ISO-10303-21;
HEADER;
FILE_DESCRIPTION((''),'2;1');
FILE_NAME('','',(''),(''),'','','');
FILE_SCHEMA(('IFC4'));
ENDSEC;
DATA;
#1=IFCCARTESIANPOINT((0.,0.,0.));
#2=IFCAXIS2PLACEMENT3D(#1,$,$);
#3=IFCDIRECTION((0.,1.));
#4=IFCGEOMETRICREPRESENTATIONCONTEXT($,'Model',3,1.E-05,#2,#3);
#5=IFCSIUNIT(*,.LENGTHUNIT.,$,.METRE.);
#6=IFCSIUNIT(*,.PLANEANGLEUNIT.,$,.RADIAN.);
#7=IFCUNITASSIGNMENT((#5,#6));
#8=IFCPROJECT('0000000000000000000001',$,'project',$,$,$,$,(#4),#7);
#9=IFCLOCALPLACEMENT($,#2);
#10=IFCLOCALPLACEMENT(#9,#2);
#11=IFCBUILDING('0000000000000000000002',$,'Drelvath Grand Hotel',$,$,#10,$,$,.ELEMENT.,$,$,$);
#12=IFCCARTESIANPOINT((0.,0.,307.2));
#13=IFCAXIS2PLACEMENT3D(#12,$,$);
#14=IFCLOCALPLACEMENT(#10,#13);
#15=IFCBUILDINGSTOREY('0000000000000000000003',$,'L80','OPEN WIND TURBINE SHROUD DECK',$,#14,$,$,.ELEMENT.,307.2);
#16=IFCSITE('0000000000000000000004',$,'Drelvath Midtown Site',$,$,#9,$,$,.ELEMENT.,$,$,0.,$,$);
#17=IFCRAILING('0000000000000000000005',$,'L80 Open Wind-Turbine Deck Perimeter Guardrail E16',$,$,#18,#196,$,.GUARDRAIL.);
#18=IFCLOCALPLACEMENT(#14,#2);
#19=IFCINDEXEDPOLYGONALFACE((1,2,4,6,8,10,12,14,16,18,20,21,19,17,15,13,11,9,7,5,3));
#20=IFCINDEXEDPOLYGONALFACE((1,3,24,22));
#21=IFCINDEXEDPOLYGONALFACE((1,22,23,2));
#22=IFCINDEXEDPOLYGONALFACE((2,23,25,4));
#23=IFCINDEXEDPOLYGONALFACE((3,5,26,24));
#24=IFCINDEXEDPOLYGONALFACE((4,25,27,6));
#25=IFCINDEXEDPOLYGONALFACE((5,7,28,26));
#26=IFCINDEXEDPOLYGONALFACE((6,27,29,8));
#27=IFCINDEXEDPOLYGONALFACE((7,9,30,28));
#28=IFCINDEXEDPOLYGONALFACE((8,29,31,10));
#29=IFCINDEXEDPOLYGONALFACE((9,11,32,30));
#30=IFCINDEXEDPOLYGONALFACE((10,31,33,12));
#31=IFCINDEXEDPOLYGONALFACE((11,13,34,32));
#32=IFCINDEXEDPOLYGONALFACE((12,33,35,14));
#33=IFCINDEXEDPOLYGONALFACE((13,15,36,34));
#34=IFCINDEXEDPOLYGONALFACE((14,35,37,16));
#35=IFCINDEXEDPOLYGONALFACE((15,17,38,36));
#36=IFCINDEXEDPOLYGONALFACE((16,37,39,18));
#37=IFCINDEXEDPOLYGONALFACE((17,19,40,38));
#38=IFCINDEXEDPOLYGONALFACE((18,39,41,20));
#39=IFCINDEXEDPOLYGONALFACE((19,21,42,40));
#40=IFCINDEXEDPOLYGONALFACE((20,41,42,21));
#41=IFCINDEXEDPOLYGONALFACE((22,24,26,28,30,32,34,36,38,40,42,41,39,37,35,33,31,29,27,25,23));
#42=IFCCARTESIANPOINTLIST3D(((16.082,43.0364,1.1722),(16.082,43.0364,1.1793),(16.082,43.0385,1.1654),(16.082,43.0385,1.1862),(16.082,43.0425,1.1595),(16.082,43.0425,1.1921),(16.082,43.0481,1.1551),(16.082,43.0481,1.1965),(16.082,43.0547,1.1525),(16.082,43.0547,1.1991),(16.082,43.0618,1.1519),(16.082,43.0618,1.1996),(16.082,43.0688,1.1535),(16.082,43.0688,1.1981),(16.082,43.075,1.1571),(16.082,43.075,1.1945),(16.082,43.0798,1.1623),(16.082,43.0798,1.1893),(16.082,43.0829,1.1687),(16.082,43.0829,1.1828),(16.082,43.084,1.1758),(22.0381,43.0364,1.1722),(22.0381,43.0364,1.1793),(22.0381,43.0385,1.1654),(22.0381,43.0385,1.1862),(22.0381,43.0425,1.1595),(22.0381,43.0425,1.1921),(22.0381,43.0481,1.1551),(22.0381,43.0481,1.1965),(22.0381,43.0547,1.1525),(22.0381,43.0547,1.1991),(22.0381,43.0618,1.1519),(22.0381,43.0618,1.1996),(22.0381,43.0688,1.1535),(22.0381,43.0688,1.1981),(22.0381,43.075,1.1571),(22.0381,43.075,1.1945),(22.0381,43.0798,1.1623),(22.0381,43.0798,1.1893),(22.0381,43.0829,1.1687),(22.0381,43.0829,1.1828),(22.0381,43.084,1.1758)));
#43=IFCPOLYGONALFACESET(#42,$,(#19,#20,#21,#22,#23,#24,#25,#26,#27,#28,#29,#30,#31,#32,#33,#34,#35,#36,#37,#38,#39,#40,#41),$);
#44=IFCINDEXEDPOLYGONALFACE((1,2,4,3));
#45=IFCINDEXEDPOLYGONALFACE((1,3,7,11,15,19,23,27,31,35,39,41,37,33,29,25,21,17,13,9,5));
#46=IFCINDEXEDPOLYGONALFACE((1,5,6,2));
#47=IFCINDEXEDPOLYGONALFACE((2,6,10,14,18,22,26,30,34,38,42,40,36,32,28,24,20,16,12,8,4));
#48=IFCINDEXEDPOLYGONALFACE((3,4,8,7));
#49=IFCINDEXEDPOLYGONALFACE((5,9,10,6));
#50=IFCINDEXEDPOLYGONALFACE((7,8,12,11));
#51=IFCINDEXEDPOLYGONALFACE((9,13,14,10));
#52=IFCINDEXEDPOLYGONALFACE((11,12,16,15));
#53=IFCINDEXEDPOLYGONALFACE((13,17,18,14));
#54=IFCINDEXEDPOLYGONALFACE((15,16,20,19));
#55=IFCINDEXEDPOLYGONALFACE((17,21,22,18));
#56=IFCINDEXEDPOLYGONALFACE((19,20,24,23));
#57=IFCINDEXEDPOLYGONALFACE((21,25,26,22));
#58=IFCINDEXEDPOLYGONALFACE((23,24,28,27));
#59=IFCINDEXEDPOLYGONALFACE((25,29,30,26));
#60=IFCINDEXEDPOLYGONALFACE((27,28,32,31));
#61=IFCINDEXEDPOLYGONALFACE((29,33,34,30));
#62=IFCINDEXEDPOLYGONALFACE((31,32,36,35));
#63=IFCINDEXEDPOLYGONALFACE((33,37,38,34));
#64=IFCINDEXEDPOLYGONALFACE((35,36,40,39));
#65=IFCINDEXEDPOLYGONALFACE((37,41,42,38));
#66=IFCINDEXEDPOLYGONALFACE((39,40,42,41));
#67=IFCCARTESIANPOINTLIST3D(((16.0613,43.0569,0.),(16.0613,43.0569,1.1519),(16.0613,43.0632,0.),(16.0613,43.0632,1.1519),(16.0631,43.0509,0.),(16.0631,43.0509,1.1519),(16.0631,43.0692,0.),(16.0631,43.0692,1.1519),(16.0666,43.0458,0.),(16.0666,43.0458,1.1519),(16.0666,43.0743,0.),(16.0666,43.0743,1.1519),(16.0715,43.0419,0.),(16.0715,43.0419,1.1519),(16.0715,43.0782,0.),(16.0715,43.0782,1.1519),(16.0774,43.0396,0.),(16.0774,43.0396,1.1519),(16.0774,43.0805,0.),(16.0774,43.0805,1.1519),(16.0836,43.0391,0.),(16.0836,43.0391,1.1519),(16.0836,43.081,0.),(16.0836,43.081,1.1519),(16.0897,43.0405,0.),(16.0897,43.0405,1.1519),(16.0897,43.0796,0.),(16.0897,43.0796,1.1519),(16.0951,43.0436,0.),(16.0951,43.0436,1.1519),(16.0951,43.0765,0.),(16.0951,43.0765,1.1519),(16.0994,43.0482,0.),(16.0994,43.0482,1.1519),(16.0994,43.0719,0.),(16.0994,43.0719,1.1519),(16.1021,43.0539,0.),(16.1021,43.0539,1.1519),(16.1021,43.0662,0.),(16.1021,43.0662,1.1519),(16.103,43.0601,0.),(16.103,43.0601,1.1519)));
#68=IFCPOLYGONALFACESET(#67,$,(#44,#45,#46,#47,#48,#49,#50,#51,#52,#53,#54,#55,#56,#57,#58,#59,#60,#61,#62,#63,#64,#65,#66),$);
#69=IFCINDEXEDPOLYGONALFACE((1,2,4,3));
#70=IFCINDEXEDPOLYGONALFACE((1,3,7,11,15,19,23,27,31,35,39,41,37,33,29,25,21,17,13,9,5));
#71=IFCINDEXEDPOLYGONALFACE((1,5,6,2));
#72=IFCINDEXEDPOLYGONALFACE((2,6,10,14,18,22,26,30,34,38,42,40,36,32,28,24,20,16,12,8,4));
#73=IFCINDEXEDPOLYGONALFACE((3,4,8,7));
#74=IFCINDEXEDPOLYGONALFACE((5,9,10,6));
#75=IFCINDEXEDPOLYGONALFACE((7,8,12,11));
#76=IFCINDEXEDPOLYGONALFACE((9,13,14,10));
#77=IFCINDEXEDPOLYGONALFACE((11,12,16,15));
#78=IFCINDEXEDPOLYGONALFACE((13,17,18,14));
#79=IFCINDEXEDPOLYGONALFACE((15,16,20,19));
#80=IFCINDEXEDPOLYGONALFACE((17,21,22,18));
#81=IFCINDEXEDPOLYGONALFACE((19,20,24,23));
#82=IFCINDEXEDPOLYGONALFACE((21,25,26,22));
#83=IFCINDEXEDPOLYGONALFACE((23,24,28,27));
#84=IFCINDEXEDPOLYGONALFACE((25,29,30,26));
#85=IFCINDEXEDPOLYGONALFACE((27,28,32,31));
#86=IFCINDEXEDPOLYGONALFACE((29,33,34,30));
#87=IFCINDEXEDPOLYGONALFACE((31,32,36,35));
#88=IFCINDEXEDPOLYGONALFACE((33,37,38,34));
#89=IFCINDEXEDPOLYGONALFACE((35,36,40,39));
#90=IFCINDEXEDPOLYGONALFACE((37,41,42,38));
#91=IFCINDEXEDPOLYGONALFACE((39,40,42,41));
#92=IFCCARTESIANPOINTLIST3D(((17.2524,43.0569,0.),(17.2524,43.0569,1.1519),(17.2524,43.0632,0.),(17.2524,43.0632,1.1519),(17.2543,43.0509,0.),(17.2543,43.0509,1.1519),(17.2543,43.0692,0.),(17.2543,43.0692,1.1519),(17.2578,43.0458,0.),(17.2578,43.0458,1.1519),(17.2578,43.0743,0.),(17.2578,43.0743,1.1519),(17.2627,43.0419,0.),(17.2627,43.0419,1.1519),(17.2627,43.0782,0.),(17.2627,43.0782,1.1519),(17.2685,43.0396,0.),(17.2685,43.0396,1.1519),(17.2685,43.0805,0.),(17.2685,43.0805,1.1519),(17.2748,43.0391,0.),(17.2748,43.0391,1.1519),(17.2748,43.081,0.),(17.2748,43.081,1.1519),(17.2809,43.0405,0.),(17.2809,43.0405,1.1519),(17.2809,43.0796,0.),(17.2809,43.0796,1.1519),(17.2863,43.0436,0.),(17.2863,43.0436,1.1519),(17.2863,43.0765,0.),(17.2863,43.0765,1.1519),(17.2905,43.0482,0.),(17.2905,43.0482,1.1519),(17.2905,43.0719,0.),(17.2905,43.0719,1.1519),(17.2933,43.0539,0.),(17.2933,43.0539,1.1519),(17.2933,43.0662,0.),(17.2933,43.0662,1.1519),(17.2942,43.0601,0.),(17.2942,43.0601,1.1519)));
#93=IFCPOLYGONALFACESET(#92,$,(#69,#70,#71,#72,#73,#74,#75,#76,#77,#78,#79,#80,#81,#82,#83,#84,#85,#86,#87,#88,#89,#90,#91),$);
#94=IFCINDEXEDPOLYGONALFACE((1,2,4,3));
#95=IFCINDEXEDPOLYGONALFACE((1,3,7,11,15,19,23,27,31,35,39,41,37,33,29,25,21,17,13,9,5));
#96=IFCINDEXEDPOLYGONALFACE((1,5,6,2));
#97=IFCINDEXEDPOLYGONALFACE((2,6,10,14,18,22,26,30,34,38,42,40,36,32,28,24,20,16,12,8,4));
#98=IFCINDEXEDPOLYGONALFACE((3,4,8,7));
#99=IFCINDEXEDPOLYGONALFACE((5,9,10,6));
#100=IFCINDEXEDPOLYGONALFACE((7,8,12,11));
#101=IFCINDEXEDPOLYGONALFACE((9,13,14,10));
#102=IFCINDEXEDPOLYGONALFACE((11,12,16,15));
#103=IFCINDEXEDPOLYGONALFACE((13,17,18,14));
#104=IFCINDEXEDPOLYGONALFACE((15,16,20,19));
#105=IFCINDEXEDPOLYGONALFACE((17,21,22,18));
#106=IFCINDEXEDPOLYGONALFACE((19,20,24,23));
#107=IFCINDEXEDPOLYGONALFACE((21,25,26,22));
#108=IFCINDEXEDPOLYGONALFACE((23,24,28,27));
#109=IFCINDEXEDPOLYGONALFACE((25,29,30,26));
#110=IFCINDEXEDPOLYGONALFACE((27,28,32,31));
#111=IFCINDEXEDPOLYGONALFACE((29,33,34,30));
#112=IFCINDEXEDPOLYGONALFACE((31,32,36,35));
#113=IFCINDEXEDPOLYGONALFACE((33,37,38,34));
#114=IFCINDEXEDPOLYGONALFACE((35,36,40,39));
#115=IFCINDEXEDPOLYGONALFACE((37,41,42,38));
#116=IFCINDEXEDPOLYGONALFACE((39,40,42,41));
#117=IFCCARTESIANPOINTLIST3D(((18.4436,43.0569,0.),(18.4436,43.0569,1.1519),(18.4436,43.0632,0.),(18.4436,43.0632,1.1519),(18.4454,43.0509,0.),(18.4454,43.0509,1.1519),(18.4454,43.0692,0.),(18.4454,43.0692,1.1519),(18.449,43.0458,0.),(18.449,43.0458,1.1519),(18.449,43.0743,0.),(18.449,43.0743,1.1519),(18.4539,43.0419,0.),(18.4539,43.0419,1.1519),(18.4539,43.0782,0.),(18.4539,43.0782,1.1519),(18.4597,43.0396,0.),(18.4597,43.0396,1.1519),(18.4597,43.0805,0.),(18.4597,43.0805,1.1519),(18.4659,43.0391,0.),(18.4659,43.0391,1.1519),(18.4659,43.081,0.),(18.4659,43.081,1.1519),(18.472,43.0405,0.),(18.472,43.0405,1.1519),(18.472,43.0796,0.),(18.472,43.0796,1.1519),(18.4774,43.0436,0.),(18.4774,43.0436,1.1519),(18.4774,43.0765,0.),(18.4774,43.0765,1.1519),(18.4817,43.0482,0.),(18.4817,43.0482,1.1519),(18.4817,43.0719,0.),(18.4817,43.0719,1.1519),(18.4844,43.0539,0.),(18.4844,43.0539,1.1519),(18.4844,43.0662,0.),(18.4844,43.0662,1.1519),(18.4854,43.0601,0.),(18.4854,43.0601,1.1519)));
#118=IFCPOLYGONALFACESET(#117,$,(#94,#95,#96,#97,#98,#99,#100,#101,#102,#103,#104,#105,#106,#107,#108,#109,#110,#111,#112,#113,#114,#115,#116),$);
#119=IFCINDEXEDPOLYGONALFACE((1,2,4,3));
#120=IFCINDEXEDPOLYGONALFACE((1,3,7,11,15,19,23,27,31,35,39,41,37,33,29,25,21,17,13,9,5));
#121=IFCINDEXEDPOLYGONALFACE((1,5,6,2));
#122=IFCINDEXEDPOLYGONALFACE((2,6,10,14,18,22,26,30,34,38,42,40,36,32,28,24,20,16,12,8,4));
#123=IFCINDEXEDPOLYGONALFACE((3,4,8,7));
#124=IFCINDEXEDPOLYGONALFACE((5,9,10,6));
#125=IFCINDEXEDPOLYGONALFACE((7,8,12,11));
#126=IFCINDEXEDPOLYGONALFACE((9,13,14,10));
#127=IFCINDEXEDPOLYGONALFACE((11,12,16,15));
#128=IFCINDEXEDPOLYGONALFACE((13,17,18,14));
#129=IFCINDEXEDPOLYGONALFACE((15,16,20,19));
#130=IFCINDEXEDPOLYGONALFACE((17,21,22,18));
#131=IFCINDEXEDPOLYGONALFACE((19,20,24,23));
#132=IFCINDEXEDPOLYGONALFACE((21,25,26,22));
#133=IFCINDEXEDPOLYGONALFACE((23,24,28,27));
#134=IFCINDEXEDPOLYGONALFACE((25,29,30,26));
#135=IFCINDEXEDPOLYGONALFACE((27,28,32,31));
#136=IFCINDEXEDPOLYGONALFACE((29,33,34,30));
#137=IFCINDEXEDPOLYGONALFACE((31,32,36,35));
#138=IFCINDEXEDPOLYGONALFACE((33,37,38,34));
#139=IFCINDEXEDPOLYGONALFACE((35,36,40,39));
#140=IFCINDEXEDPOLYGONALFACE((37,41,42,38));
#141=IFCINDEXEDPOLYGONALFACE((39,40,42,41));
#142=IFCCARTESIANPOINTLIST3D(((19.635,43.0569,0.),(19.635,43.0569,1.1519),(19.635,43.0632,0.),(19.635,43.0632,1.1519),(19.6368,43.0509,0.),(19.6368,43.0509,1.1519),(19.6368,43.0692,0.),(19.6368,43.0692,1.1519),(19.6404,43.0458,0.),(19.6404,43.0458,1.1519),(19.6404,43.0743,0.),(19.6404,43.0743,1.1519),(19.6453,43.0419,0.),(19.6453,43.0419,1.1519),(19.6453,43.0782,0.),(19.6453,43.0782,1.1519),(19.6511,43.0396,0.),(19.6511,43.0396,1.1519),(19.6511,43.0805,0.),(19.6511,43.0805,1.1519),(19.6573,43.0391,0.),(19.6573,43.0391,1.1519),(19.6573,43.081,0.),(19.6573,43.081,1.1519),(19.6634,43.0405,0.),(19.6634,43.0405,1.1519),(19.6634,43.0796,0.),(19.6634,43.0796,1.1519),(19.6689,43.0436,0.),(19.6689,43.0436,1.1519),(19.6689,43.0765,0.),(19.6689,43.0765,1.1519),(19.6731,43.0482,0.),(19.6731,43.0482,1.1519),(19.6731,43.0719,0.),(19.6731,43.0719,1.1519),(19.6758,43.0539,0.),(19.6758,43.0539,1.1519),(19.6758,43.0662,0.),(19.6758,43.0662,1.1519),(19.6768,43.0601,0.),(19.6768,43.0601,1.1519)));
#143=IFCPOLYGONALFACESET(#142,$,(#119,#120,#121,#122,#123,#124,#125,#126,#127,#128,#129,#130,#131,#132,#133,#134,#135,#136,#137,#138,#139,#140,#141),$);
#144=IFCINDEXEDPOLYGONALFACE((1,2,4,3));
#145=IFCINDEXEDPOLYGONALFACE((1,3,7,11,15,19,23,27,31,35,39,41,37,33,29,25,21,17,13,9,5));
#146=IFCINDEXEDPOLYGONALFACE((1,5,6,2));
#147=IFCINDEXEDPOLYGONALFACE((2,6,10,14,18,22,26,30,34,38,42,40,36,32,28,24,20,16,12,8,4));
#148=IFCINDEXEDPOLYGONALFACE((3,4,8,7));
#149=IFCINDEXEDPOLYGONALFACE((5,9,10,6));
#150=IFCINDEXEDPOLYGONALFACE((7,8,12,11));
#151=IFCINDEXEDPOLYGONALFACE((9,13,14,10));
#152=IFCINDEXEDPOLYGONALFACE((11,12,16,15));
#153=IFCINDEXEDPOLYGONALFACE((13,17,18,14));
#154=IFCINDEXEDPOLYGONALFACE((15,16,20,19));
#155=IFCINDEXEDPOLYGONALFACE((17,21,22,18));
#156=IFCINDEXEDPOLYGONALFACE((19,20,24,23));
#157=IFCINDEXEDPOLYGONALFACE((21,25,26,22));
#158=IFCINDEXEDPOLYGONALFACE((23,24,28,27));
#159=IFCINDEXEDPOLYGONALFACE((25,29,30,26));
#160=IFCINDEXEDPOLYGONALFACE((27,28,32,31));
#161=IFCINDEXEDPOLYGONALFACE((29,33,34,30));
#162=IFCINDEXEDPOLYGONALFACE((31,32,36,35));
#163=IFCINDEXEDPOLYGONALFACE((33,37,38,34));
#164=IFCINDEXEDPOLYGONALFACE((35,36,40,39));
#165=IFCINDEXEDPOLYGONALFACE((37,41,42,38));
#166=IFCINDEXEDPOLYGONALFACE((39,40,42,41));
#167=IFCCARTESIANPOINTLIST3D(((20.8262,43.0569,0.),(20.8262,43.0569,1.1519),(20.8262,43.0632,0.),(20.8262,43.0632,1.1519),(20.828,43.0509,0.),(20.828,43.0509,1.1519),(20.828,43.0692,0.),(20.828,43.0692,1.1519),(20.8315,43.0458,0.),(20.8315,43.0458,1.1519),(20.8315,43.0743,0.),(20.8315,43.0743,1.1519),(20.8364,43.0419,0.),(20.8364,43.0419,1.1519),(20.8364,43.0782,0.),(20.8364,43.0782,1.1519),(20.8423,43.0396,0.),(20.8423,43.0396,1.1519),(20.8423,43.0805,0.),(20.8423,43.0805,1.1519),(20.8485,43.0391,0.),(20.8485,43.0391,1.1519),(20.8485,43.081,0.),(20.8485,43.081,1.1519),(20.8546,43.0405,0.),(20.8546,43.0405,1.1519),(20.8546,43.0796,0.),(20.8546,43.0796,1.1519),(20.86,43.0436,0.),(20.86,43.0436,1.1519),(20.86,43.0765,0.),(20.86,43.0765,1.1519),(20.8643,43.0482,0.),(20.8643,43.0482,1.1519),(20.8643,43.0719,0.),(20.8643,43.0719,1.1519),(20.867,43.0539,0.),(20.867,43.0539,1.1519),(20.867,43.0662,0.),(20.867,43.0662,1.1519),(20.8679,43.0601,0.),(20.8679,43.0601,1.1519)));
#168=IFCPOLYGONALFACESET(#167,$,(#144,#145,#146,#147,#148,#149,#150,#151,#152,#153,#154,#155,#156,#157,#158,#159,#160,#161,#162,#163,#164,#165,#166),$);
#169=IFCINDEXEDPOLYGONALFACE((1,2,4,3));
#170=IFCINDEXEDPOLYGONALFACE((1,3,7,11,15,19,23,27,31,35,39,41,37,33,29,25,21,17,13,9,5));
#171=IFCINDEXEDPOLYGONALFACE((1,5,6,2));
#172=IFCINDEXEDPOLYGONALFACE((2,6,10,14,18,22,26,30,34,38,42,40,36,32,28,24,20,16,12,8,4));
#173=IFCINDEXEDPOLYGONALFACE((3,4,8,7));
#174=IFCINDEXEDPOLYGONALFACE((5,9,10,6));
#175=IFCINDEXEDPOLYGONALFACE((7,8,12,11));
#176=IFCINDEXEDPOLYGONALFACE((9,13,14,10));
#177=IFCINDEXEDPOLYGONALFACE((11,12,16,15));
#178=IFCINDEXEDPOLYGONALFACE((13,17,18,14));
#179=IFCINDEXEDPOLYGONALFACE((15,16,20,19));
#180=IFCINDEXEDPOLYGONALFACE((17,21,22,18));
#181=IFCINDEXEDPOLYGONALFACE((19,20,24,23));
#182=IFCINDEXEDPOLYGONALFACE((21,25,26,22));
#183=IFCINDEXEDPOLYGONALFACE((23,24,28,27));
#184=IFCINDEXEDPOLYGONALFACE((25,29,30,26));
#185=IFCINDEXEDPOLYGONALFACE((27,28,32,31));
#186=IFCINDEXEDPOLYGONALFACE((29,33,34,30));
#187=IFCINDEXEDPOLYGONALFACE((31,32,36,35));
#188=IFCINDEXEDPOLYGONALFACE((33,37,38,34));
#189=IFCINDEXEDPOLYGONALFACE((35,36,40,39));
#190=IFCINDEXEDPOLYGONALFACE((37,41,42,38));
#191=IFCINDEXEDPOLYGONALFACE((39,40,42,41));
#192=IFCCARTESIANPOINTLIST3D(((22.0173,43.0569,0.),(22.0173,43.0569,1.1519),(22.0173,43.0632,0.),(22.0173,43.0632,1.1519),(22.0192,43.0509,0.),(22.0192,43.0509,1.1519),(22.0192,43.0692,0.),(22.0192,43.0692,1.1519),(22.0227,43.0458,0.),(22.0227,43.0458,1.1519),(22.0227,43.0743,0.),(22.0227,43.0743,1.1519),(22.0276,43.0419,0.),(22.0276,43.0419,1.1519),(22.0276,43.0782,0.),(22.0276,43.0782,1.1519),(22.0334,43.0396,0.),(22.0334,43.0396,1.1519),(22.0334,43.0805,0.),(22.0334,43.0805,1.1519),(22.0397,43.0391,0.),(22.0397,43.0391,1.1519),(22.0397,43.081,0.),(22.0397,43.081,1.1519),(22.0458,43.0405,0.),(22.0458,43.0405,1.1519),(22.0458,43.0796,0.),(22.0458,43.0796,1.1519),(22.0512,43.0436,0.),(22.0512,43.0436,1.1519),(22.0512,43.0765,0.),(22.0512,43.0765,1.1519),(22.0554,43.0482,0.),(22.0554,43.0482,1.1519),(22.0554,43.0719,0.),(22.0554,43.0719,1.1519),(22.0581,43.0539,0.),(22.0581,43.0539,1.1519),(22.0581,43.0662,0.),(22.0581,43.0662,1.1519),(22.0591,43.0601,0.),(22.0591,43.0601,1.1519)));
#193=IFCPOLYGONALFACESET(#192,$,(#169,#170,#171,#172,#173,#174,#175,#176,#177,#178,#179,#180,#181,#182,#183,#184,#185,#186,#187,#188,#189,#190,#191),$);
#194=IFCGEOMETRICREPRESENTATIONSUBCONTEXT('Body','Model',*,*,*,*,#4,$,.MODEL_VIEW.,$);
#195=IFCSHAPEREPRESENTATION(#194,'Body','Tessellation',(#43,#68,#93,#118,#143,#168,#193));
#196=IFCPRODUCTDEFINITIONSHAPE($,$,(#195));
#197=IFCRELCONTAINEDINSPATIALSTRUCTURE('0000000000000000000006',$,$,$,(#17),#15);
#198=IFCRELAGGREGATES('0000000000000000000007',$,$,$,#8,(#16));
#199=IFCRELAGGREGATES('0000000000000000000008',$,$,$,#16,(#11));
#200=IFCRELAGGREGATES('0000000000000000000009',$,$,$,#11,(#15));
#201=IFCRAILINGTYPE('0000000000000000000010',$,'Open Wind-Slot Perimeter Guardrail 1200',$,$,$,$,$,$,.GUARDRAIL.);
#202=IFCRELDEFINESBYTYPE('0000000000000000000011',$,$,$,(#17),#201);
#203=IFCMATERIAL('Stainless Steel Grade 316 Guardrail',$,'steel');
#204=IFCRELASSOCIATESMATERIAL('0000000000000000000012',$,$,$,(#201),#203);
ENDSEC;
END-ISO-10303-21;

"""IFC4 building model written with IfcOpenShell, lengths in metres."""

from ifc_helpers import new_model, si_unit, direction, frame, origin, origin_2d, place, context, subcontext, project, spatial, circle, extrude, material, type_object, element, save


model = new_model("IFC4")

# Units and contexts
model_context = context("Model", 3, precision=1e-05, world=origin(), true_north=direction((0.0, 1.0)))
body_context = subcontext(model_context, "Body", "Model", "MODEL_VIEW")
ifc_project = project(units=[si_unit("LENGTHUNIT", "METRE"), si_unit("PLANEANGLEUNIT", "RADIAN")], contexts=[model_context])

# Site, building, storey
site_placement = place(None, origin())
site = spatial("IfcSite", under=ifc_project, at=site_placement, Name="Drelvath Midtown Site", CompositionType="ELEMENT", RefElevation=0.0)
building_placement = place(site_placement, origin())
building = spatial("IfcBuilding", under=site, at=building_placement, Name="Drelvath Grand Hotel", CompositionType="ELEMENT")
storey_placement = place(building_placement, frame((0.0, 0.0, 307.2)))
storey = spatial("IfcBuildingStorey", under=building, at=storey_placement, Name="L80", Description="OPEN WIND TURBINE SHROUD DECK", CompositionType="ELEMENT", Elevation=307.2)

# Railing
ifc_material_1 = material(Name="Stainless Steel Grade 316 Guardrail", Category="steel")
railing_type = type_object("IfcRailingType", Name="Open Wind-Slot Perimeter Guardrail 1200", PredefinedType="GUARDRAIL", material=ifc_material_1)
railing_1_placement = place(storey_placement, frame((16.082, 43.0601, 0.0)))
element("IfcRailing", 1, at=railing_1_placement, inside=storey, type_object=railing_type, Name="L80 Open Wind-Turbine Deck Perimeter Guardrail E16", PredefinedType="GUARDRAIL", context=body_context, shape_type="SweptSolid", body=[
    extrude(circle(Radius=0.0239, at=origin_2d()), frame((0.0, 0.0, 1.1758), z_axis=(1.0, 0.0, 0.0), x_axis=(0.0, 1.0, 0.0)), (0.0, 0.0, 1.0), 5.9561),
    extrude(circle(Radius=0.021, at=origin_2d()), origin(), (0.0, 0.0, 1.0), 1.1519),
    extrude(circle(Radius=0.021, at=origin_2d()), frame((1.1912, 0.0, 0.0)), (0.0, 0.0, 1.0), 1.1519),
    extrude(circle(Radius=0.021, at=origin_2d()), frame((2.3823, 0.0, 0.0)), (0.0, 0.0, 1.0), 1.1519),
    extrude(circle(Radius=0.021, at=origin_2d()), frame((3.5737, 0.0, 0.0)), (0.0, 0.0, 1.0), 1.1519),
    extrude(circle(Radius=0.021, at=origin_2d()), frame((4.7649, 0.0, 0.0)), (0.0, 0.0, 1.0), 1.1519),
    extrude(circle(Radius=0.021, at=origin_2d()), frame((5.9561, 0.0, 0.0)), (0.0, 0.0, 1.0), 1.1519),
])

save(model, "model.ifc")
